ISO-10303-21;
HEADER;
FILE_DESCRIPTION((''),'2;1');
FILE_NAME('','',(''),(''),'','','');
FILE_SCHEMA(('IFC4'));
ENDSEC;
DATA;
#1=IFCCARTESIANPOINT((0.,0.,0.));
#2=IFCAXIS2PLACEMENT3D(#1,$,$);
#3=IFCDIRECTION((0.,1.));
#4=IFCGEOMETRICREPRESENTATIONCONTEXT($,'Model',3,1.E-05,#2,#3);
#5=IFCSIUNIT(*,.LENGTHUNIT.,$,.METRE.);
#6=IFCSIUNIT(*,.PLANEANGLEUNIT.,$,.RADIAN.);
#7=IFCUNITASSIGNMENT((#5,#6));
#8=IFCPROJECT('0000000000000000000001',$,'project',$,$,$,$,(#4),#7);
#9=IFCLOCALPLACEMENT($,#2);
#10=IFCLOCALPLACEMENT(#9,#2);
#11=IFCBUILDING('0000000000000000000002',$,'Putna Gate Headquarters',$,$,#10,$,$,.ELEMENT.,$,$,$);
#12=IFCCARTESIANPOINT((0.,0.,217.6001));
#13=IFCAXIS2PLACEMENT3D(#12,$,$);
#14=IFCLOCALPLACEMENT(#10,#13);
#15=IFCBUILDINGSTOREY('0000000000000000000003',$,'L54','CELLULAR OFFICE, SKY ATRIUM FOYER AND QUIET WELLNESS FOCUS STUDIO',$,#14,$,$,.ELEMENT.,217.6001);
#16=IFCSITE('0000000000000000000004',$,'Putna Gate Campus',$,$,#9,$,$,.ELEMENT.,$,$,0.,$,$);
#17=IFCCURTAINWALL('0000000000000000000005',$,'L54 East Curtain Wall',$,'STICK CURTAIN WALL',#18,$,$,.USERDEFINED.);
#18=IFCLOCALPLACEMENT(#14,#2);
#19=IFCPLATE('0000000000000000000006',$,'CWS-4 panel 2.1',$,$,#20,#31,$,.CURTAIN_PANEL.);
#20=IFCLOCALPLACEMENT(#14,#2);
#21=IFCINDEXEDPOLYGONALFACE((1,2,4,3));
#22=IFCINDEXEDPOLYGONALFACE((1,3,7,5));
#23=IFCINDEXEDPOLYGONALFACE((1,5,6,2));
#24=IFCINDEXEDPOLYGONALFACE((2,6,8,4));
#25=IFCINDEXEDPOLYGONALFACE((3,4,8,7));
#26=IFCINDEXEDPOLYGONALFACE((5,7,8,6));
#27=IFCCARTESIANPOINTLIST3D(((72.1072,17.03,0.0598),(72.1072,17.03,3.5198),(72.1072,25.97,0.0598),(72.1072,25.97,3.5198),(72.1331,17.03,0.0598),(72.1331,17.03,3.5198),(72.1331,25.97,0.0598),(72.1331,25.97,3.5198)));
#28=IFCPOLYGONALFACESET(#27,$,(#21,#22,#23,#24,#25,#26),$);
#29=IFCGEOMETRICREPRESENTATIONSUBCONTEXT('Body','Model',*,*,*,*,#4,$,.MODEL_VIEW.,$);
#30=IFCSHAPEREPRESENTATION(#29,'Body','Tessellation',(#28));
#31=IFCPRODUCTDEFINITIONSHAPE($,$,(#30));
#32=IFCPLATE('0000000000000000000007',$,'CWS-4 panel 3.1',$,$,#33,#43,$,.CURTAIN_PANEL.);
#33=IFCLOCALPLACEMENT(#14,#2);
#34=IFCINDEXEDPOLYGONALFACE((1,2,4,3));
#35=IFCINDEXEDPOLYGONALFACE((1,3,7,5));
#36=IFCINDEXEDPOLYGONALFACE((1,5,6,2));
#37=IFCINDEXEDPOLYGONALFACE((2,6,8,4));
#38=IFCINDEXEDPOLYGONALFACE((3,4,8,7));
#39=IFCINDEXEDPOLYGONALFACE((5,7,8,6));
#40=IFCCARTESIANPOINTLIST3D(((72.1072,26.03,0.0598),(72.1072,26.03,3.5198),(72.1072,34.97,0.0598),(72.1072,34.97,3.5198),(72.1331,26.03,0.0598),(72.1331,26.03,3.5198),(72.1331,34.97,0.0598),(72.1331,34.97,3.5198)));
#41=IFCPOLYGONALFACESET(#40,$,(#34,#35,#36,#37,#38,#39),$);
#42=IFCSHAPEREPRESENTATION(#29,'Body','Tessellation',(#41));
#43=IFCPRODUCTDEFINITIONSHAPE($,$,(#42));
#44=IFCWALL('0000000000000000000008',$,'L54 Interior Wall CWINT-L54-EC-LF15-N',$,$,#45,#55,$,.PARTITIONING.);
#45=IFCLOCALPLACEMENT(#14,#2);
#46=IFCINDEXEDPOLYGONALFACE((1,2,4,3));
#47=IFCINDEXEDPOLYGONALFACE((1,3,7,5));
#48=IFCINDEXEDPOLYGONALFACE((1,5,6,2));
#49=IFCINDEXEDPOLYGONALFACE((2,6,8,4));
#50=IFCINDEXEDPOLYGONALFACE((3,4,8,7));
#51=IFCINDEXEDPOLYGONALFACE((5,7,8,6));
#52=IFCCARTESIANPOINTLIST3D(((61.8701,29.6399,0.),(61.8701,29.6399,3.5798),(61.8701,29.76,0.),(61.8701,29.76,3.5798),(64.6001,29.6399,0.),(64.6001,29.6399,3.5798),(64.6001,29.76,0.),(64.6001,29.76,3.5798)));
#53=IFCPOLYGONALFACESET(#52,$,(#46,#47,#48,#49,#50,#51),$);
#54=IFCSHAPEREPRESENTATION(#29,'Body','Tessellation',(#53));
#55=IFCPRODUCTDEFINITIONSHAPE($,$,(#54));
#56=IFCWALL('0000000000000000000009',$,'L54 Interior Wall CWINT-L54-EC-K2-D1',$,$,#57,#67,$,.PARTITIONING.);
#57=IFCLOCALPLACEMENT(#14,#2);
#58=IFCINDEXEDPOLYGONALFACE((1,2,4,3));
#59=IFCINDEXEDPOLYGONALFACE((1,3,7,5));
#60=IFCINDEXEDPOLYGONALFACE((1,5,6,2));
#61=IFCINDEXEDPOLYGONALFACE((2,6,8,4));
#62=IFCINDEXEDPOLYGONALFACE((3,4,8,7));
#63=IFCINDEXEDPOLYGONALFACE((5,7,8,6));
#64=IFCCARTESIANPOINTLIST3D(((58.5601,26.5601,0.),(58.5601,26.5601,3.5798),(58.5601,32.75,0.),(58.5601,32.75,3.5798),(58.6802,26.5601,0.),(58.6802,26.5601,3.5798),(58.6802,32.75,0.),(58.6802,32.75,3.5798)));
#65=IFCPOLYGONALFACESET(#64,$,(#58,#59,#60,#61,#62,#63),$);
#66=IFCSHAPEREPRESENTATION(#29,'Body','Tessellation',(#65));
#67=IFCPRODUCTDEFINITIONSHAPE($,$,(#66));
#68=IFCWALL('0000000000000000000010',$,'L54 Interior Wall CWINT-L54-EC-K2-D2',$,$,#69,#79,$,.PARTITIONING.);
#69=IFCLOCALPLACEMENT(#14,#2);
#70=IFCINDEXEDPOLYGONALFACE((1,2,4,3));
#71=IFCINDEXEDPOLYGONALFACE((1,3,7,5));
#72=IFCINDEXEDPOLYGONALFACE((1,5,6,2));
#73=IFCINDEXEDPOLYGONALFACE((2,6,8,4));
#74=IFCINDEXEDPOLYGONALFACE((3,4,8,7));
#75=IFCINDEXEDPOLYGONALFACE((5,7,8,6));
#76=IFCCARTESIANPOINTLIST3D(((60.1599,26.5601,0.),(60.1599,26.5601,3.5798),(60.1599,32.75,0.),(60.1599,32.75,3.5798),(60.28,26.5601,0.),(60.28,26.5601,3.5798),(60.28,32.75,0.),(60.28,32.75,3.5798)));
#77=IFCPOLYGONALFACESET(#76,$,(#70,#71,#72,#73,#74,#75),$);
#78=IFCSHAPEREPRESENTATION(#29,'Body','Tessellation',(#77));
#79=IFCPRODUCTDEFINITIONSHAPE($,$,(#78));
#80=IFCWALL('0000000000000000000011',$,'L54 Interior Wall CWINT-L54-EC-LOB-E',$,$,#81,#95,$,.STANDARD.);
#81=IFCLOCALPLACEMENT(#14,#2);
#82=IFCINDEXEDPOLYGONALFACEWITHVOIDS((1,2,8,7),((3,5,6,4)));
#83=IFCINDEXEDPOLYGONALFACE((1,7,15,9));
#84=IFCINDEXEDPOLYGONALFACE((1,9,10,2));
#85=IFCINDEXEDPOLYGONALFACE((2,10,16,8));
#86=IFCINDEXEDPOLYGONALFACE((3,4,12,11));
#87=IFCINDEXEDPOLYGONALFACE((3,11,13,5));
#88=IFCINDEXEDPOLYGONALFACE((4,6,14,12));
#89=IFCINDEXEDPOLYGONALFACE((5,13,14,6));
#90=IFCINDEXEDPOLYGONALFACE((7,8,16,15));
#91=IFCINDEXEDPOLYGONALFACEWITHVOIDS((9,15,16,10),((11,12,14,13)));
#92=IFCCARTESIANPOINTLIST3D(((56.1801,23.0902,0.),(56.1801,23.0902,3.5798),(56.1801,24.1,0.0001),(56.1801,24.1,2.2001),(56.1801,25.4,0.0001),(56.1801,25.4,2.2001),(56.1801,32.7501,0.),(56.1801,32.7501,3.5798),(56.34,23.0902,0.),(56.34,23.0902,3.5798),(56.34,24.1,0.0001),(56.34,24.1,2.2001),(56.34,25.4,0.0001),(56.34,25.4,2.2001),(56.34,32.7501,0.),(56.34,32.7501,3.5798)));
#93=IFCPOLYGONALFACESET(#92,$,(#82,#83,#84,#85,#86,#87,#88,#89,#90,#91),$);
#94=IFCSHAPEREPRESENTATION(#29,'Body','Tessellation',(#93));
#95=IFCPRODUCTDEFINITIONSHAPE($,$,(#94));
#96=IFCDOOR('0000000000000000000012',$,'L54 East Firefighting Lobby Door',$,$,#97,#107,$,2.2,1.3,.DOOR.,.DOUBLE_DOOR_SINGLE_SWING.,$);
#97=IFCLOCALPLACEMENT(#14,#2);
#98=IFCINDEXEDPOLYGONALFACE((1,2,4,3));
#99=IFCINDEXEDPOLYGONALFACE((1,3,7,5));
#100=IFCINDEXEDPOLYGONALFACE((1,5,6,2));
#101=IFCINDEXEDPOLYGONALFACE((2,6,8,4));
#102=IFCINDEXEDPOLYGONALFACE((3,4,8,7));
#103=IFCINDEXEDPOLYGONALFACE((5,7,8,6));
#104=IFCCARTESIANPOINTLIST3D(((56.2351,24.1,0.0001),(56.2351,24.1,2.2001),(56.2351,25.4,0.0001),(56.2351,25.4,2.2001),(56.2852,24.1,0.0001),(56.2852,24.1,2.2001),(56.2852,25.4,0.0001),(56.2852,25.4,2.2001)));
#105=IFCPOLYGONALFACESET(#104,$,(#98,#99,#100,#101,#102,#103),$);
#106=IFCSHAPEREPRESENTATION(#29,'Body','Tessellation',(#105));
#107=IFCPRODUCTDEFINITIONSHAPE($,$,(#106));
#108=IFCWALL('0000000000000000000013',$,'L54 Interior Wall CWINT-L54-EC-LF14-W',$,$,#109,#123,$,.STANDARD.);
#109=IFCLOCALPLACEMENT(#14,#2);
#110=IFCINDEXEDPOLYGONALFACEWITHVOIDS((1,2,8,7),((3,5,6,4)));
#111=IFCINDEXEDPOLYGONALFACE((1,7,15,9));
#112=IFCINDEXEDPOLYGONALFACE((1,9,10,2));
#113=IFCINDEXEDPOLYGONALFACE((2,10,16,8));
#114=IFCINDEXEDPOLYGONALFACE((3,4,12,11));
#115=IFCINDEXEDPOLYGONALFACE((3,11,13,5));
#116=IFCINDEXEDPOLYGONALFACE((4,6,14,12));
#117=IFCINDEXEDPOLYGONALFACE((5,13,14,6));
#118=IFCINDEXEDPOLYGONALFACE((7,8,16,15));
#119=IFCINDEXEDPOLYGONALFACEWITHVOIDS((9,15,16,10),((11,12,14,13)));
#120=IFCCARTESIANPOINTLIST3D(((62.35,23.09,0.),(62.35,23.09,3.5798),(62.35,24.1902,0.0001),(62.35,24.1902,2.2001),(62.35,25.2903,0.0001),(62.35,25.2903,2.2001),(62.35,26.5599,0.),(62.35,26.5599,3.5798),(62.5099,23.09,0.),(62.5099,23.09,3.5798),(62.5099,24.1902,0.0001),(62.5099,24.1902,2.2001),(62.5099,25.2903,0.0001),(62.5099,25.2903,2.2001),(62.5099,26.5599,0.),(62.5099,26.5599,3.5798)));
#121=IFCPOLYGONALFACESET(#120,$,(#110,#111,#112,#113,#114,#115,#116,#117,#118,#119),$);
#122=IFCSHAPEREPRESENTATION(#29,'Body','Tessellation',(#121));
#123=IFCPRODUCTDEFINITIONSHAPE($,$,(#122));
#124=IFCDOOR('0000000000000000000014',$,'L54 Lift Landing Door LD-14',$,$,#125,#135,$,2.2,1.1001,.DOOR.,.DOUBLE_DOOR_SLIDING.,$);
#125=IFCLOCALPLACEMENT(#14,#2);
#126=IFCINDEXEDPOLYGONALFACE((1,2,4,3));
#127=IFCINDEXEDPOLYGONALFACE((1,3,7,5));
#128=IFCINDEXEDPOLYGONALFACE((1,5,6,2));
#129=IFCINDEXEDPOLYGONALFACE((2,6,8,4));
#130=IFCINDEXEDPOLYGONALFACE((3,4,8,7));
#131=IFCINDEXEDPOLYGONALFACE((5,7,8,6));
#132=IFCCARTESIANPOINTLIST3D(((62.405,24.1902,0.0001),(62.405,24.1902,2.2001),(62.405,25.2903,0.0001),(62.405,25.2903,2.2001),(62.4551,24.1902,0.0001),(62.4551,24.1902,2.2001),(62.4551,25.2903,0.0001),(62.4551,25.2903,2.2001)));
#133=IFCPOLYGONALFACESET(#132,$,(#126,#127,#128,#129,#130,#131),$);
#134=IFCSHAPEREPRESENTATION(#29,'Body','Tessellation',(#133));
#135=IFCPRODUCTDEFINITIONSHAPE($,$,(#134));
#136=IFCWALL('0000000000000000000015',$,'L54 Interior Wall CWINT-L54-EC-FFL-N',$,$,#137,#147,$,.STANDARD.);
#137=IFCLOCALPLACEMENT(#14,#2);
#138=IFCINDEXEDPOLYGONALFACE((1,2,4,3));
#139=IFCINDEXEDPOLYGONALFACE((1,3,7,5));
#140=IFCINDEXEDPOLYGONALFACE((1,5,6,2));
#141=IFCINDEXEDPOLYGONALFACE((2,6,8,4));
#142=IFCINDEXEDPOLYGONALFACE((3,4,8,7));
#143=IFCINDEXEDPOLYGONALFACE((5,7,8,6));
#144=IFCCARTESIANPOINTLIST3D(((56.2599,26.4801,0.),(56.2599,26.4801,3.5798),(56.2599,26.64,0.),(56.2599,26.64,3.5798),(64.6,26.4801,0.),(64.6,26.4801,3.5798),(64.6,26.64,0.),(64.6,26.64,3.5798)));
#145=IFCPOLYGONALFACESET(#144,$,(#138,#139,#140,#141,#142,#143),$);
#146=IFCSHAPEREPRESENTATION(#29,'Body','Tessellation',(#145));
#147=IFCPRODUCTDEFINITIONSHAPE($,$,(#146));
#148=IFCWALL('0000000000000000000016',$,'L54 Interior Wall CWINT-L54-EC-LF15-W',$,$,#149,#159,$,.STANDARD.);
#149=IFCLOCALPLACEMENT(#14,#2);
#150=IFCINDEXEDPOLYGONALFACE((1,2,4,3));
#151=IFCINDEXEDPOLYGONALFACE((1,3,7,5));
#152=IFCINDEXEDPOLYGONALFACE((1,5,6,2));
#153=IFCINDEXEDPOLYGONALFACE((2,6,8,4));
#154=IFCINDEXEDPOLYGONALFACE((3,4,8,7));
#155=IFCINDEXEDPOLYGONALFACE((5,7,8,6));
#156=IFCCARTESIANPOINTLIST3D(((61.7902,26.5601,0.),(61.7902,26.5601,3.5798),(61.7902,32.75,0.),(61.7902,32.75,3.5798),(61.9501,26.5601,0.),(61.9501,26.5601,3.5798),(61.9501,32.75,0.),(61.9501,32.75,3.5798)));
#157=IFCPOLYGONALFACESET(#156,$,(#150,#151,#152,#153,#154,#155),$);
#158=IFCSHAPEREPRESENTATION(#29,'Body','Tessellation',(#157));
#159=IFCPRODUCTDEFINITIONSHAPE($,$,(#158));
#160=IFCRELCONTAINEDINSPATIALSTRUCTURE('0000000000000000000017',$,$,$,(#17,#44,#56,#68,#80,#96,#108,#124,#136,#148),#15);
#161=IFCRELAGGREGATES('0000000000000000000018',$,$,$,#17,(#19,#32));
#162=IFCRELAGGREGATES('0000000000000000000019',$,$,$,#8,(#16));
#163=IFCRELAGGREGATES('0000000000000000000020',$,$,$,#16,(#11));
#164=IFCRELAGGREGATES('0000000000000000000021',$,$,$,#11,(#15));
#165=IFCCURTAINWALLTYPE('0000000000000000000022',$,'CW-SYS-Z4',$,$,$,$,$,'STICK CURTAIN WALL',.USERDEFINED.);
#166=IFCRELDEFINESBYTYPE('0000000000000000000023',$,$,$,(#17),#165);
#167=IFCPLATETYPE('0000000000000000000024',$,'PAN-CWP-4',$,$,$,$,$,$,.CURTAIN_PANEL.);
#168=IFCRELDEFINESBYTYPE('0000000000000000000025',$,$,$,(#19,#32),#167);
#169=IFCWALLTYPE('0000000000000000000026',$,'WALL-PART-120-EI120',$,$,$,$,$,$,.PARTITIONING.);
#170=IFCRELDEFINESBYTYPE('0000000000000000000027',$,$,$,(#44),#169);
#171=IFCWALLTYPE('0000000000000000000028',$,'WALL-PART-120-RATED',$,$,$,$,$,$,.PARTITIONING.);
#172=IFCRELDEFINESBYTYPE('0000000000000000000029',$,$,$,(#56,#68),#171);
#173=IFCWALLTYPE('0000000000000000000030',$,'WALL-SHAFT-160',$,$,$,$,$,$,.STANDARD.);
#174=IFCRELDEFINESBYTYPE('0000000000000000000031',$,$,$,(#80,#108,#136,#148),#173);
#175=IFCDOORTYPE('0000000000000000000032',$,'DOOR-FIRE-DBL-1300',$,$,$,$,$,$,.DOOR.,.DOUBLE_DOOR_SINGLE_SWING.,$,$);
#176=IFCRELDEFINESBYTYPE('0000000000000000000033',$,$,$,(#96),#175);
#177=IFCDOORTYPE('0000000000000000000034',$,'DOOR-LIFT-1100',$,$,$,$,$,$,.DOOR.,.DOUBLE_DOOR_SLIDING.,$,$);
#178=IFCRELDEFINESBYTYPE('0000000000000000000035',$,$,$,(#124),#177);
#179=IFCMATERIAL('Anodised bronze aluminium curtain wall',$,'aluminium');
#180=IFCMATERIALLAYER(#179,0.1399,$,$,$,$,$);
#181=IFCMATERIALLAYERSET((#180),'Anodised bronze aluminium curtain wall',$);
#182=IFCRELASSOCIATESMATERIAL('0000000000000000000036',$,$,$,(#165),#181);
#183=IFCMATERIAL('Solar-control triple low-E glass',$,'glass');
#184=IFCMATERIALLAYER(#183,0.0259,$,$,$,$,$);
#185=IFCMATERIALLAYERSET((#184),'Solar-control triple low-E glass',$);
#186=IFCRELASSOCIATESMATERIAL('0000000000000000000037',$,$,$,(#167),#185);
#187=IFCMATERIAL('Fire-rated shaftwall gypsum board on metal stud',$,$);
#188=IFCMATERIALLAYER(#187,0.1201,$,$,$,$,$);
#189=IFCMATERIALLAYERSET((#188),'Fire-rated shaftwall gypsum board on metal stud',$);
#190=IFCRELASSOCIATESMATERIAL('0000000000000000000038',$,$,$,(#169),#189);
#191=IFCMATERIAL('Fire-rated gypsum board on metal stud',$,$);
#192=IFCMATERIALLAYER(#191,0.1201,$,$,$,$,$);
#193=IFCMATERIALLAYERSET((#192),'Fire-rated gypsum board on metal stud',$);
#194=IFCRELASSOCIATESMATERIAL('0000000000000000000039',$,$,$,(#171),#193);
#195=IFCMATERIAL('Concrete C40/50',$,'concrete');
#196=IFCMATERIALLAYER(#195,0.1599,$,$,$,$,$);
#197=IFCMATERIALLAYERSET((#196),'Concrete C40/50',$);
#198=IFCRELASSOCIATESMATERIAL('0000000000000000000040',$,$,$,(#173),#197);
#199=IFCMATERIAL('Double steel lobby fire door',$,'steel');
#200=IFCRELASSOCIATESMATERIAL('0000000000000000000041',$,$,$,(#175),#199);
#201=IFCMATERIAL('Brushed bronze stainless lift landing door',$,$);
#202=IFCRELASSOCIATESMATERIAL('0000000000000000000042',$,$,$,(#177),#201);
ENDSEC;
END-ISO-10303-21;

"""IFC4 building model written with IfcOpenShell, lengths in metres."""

from ifc_helpers import new_model, si_unit, direction, frame, frame_2d, origin, origin_2d, place, context, subcontext, project, spatial, rectangle, extrude, material, layer, layer_set, type_object, element, fill, aggregate, save


model = new_model("IFC4")

# Units and contexts
model_context = context("Model", 3, precision=1e-05, world=origin(), true_north=direction((0.0, 1.0)))
body_context = subcontext(model_context, "Body", "Model", "MODEL_VIEW")
ifc_project = project(units=[si_unit("LENGTHUNIT", "METRE"), si_unit("PLANEANGLEUNIT", "RADIAN")], contexts=[model_context])

# Site, building, storey
site_placement = place(None, origin())
site = spatial("IfcSite", under=ifc_project, at=site_placement, Name="Putna Gate Campus", CompositionType="ELEMENT", RefElevation=0.0)
building_placement = place(site_placement, origin())
building = spatial("IfcBuilding", under=site, at=building_placement, Name="Putna Gate Headquarters", CompositionType="ELEMENT")
storey_placement = place(building_placement, frame((0.0, 0.0, 217.6001)))
storey = spatial("IfcBuildingStorey", under=building, at=storey_placement, Name="L54", Description="CELLULAR OFFICE, SKY ATRIUM FOYER AND QUIET WELLNESS FOCUS STUDIO", CompositionType="ELEMENT", Elevation=217.6001)

# Curtain wall, plates
ifc_material_1 = material(Name="Anodised bronze aluminium curtain wall", Category="aluminium")
ifc_layer_1 = layer(ifc_material_1, 0.1399)
ifc_layer_set_1 = layer_set([ifc_layer_1], Name="Anodised bronze aluminium curtain wall")
curtain_wall_type = type_object("IfcCurtainWallType", Name="CW-SYS-Z4", ElementType="STICK CURTAIN WALL", PredefinedType="USERDEFINED", material=ifc_layer_set_1)
curtain_wall_placement = place(storey_placement, origin())
curtain_wall = element("IfcCurtainWall", 1, at=curtain_wall_placement, inside=storey, type_object=curtain_wall_type, Name="L54 East Curtain Wall", ObjectType="STICK CURTAIN WALL", PredefinedType="USERDEFINED")
ifc_material_2 = material(Name="Solar-control triple low-E glass", Category="glass")
ifc_layer_2 = layer(ifc_material_2, 0.0259)
ifc_layer_set_2 = layer_set([ifc_layer_2], Name="Solar-control triple low-E glass")
plate_type = type_object("IfcPlateType", Name="PAN-CWP-4", PredefinedType="CURTAIN_PANEL", material=ifc_layer_set_2)
plate_1_placement = place(storey_placement, frame((72.1201, 21.5, 0.0598), z_axis=(0.0, 0.0, 1.0), x_axis=(0.0, 1.0, 0.0)))
plate_1 = element("IfcPlate", 2, at=plate_1_placement, type_object=plate_type, Name="CWS-4 panel 2.1", PredefinedType="CURTAIN_PANEL", context=body_context, shape_type="SweptSolid", body=[
    extrude(rectangle(XDim=8.9399, YDim=0.0259, at=origin_2d()), origin(), (0.0, 0.0, 1.0), 3.46),
])
plate_2_placement = place(storey_placement, frame((72.1201, 30.5, 0.0598), z_axis=(0.0, 0.0, 1.0), x_axis=(0.0, 1.0, 0.0)))
plate_2 = element("IfcPlate", 3, at=plate_2_placement, type_object=plate_type, Name="CWS-4 panel 3.1", PredefinedType="CURTAIN_PANEL", context=body_context, shape_type="SweptSolid", body=[
    extrude(rectangle(XDim=8.9399, YDim=0.0259, at=origin_2d()), origin(), (0.0, 0.0, 1.0), 3.46),
])
aggregate(curtain_wall, [plate_1, plate_2])

# Walls
ifc_material_3 = material(Name="Fire-rated shaftwall gypsum board on metal stud")
ifc_layer_3 = layer(ifc_material_3, 0.1201)
ifc_layer_set_3 = layer_set([ifc_layer_3], Name="Fire-rated shaftwall gypsum board on metal stud")
wall_type_1 = type_object("IfcWallType", Name="WALL-PART-120-EI120", PredefinedType="PARTITIONING", material=ifc_layer_set_3)
wall_1_placement = place(storey_placement, frame((61.8701, 29.7, 0.0), z_axis=(0.0, 0.0, 1.0), x_axis=(1.0, 0.0, 0.0)))
element("IfcWall", 4, at=wall_1_placement, inside=storey, type_object=wall_type_1, Name="L54 Interior Wall CWINT-L54-EC-LF15-N", PredefinedType="PARTITIONING", context=body_context, shape_type="SweptSolid", body=[
    extrude(rectangle(XDim=2.73, YDim=0.1201, at=frame_2d((1.365, 0.0))), origin(), (0.0, 0.0, 1.0), 3.5798),
])
ifc_material_4 = material(Name="Fire-rated gypsum board on metal stud")
ifc_layer_4 = layer(ifc_material_4, 0.1201)
ifc_layer_set_4 = layer_set([ifc_layer_4], Name="Fire-rated gypsum board on metal stud")
wall_type_2 = type_object("IfcWallType", Name="WALL-PART-120-RATED", PredefinedType="PARTITIONING", material=ifc_layer_set_4)
for number, where, z_axis, x_axis, name in (
    (5, (58.6201, 26.5601, 0.0), (0.0, 0.0, 1.0), (0.0, 1.0, 0.0), "L54 Interior Wall CWINT-L54-EC-K2-D1"),
    (6, (60.22, 26.5601, 0.0), (0.0, 0.0, 1.0), (0.0, 1.0, 0.0), "L54 Interior Wall CWINT-L54-EC-K2-D2"),
):
    element("IfcWall", number, at=place(storey_placement, frame(where, z_axis=z_axis, x_axis=x_axis)), inside=storey, type_object=wall_type_2, Name=name, PredefinedType="PARTITIONING", context=body_context, shape_type="SweptSolid", body=[
        extrude(rectangle(XDim=6.1899, YDim=0.1201, at=frame_2d((3.095, 0.0))), origin(), (0.0, 0.0, 1.0), 3.5798),
    ])

# Walls, openings, doors
ifc_material_5 = material(Name="Concrete C40/50", Category="concrete")
ifc_layer_5 = layer(ifc_material_5, 0.1599)
ifc_layer_set_5 = layer_set([ifc_layer_5], Name="Concrete C40/50")
wall_type_3 = type_object("IfcWallType", Name="WALL-SHAFT-160", PredefinedType="STANDARD", material=ifc_layer_set_5)
wall_2_placement = place(storey_placement, frame((56.26, 23.0901, 0.0), z_axis=(0.0, 0.0, 1.0), x_axis=(0.0, 1.0, 0.0)))
wall_2 = element("IfcWall", 7, at=wall_2_placement, inside=storey, type_object=wall_type_3, Name="L54 Interior Wall CWINT-L54-EC-LOB-E", PredefinedType="STANDARD", context=body_context, shape_type="SweptSolid", body=[
    extrude(rectangle(XDim=9.6599, YDim=0.1599, at=frame_2d((4.8301, 0.0))), origin(), (0.0, 0.0, 1.0), 3.5798),
])
opening_1_placement = place(wall_2_placement, frame((1.01, 0.0, 0.0)))
opening_1 = element("IfcOpeningElement", 8, at=opening_1_placement, cuts=wall_2, PredefinedType="OPENING", context=body_context, shape_type="SweptSolid", body=[
    extrude(rectangle(XDim=1.3, YDim=2.2, at=frame_2d((0.6499, 1.1001))), frame((0.0, 0.0898, 0.0), z_axis=(0.0, -1.0, 0.0), x_axis=(1.0, 0.0, 0.0)), (0.0, 0.0, 1.0), 0.1799),
])
ifc_material_6 = material(Name="Double steel lobby fire door", Category="steel")
door_type_1 = type_object("IfcDoorType", Name="DOOR-FIRE-DBL-1300", OperationType="DOUBLE_DOOR_SINGLE_SWING", PredefinedType="DOOR", material=ifc_material_6)
door_1_placement = place(opening_1_placement, origin())
door_1 = element("IfcDoor", 9, at=door_1_placement, inside=storey, type_object=door_type_1, Name="L54 East Firefighting Lobby Door", OperationType="DOUBLE_DOOR_SINGLE_SWING", OverallHeight=2.2, OverallWidth=1.3, PredefinedType="DOOR", context=body_context, shape_type="SweptSolid", body=[
    extrude(rectangle(XDim=1.3, YDim=2.2, at=frame_2d((0.6499, 1.1001))), frame((0.0, 0.0249, 0.0), z_axis=(0.0, -1.0, 0.0), x_axis=(1.0, 0.0, 0.0)), (0.0, 0.0, 1.0), 0.05),
])
fill(opening_1, door_1)
wall_3_placement = place(storey_placement, frame((62.4299, 23.0901, 0.0), z_axis=(0.0, 0.0, 1.0), x_axis=(0.0, 1.0, 0.0)))
wall_3 = element("IfcWall", 10, at=wall_3_placement, inside=storey, type_object=wall_type_3, Name="L54 Interior Wall CWINT-L54-EC-LF14-W", PredefinedType="STANDARD", context=body_context, shape_type="SweptSolid", body=[
    extrude(rectangle(XDim=3.47, YDim=0.1599, at=frame_2d((1.7349, 0.0))), origin(), (0.0, 0.0, 1.0), 3.5798),
])
opening_2_placement = place(wall_3_placement, frame((1.1001, 0.0, 0.0)))
opening_2 = element("IfcOpeningElement", 11, at=opening_2_placement, cuts=wall_3, PredefinedType="OPENING", context=body_context, shape_type="SweptSolid", body=[
    extrude(rectangle(XDim=1.1001, YDim=2.2, at=frame_2d((0.55, 1.1001))), frame((0.0, 0.0898, 0.0), z_axis=(0.0, -1.0, 0.0), x_axis=(1.0, 0.0, 0.0)), (0.0, 0.0, 1.0), 0.1799),
])
ifc_material_7 = material(Name="Brushed bronze stainless lift landing door")
door_type_2 = type_object("IfcDoorType", Name="DOOR-LIFT-1100", OperationType="DOUBLE_DOOR_SLIDING", PredefinedType="DOOR", material=ifc_material_7)
door_2_placement = place(opening_2_placement, origin())
door_2 = element("IfcDoor", 12, at=door_2_placement, inside=storey, type_object=door_type_2, Name="L54 Lift Landing Door LD-14", OperationType="DOUBLE_DOOR_SLIDING", OverallHeight=2.2, OverallWidth=1.1001, PredefinedType="DOOR", context=body_context, shape_type="SweptSolid", body=[
    extrude(rectangle(XDim=1.1001, YDim=2.2, at=frame_2d((0.55, 1.1001))), frame((0.0, 0.0249, 0.0), z_axis=(0.0, -1.0, 0.0), x_axis=(1.0, 0.0, 0.0)), (0.0, 0.0, 1.0), 0.05),
])
fill(opening_2, door_2)

# Walls
wall_4_placement = place(storey_placement, frame((56.26, 26.5601, 0.0), z_axis=(0.0, 0.0, 1.0), x_axis=(1.0, 0.0, 0.0)))
element("IfcWall", 13, at=wall_4_placement, inside=storey, type_object=wall_type_3, Name="L54 Interior Wall CWINT-L54-EC-FFL-N", PredefinedType="STANDARD", context=body_context, shape_type="SweptSolid", body=[
    extrude(rectangle(XDim=8.3401, YDim=0.1599, at=frame_2d((4.1699, 0.0))), origin(), (0.0, 0.0, 1.0), 3.5798),
])
wall_5_placement = place(storey_placement, frame((61.8701, 26.5601, 0.0), z_axis=(0.0, 0.0, 1.0), x_axis=(0.0, 1.0, 0.0)))
element("IfcWall", 14, at=wall_5_placement, inside=storey, type_object=wall_type_3, Name="L54 Interior Wall CWINT-L54-EC-LF15-W", PredefinedType="STANDARD", context=body_context, shape_type="SweptSolid", body=[
    extrude(rectangle(XDim=6.1899, YDim=0.1599, at=frame_2d((3.095, 0.0))), origin(), (0.0, 0.0, 1.0), 3.5798),
])

save(model, "model.ifc")
